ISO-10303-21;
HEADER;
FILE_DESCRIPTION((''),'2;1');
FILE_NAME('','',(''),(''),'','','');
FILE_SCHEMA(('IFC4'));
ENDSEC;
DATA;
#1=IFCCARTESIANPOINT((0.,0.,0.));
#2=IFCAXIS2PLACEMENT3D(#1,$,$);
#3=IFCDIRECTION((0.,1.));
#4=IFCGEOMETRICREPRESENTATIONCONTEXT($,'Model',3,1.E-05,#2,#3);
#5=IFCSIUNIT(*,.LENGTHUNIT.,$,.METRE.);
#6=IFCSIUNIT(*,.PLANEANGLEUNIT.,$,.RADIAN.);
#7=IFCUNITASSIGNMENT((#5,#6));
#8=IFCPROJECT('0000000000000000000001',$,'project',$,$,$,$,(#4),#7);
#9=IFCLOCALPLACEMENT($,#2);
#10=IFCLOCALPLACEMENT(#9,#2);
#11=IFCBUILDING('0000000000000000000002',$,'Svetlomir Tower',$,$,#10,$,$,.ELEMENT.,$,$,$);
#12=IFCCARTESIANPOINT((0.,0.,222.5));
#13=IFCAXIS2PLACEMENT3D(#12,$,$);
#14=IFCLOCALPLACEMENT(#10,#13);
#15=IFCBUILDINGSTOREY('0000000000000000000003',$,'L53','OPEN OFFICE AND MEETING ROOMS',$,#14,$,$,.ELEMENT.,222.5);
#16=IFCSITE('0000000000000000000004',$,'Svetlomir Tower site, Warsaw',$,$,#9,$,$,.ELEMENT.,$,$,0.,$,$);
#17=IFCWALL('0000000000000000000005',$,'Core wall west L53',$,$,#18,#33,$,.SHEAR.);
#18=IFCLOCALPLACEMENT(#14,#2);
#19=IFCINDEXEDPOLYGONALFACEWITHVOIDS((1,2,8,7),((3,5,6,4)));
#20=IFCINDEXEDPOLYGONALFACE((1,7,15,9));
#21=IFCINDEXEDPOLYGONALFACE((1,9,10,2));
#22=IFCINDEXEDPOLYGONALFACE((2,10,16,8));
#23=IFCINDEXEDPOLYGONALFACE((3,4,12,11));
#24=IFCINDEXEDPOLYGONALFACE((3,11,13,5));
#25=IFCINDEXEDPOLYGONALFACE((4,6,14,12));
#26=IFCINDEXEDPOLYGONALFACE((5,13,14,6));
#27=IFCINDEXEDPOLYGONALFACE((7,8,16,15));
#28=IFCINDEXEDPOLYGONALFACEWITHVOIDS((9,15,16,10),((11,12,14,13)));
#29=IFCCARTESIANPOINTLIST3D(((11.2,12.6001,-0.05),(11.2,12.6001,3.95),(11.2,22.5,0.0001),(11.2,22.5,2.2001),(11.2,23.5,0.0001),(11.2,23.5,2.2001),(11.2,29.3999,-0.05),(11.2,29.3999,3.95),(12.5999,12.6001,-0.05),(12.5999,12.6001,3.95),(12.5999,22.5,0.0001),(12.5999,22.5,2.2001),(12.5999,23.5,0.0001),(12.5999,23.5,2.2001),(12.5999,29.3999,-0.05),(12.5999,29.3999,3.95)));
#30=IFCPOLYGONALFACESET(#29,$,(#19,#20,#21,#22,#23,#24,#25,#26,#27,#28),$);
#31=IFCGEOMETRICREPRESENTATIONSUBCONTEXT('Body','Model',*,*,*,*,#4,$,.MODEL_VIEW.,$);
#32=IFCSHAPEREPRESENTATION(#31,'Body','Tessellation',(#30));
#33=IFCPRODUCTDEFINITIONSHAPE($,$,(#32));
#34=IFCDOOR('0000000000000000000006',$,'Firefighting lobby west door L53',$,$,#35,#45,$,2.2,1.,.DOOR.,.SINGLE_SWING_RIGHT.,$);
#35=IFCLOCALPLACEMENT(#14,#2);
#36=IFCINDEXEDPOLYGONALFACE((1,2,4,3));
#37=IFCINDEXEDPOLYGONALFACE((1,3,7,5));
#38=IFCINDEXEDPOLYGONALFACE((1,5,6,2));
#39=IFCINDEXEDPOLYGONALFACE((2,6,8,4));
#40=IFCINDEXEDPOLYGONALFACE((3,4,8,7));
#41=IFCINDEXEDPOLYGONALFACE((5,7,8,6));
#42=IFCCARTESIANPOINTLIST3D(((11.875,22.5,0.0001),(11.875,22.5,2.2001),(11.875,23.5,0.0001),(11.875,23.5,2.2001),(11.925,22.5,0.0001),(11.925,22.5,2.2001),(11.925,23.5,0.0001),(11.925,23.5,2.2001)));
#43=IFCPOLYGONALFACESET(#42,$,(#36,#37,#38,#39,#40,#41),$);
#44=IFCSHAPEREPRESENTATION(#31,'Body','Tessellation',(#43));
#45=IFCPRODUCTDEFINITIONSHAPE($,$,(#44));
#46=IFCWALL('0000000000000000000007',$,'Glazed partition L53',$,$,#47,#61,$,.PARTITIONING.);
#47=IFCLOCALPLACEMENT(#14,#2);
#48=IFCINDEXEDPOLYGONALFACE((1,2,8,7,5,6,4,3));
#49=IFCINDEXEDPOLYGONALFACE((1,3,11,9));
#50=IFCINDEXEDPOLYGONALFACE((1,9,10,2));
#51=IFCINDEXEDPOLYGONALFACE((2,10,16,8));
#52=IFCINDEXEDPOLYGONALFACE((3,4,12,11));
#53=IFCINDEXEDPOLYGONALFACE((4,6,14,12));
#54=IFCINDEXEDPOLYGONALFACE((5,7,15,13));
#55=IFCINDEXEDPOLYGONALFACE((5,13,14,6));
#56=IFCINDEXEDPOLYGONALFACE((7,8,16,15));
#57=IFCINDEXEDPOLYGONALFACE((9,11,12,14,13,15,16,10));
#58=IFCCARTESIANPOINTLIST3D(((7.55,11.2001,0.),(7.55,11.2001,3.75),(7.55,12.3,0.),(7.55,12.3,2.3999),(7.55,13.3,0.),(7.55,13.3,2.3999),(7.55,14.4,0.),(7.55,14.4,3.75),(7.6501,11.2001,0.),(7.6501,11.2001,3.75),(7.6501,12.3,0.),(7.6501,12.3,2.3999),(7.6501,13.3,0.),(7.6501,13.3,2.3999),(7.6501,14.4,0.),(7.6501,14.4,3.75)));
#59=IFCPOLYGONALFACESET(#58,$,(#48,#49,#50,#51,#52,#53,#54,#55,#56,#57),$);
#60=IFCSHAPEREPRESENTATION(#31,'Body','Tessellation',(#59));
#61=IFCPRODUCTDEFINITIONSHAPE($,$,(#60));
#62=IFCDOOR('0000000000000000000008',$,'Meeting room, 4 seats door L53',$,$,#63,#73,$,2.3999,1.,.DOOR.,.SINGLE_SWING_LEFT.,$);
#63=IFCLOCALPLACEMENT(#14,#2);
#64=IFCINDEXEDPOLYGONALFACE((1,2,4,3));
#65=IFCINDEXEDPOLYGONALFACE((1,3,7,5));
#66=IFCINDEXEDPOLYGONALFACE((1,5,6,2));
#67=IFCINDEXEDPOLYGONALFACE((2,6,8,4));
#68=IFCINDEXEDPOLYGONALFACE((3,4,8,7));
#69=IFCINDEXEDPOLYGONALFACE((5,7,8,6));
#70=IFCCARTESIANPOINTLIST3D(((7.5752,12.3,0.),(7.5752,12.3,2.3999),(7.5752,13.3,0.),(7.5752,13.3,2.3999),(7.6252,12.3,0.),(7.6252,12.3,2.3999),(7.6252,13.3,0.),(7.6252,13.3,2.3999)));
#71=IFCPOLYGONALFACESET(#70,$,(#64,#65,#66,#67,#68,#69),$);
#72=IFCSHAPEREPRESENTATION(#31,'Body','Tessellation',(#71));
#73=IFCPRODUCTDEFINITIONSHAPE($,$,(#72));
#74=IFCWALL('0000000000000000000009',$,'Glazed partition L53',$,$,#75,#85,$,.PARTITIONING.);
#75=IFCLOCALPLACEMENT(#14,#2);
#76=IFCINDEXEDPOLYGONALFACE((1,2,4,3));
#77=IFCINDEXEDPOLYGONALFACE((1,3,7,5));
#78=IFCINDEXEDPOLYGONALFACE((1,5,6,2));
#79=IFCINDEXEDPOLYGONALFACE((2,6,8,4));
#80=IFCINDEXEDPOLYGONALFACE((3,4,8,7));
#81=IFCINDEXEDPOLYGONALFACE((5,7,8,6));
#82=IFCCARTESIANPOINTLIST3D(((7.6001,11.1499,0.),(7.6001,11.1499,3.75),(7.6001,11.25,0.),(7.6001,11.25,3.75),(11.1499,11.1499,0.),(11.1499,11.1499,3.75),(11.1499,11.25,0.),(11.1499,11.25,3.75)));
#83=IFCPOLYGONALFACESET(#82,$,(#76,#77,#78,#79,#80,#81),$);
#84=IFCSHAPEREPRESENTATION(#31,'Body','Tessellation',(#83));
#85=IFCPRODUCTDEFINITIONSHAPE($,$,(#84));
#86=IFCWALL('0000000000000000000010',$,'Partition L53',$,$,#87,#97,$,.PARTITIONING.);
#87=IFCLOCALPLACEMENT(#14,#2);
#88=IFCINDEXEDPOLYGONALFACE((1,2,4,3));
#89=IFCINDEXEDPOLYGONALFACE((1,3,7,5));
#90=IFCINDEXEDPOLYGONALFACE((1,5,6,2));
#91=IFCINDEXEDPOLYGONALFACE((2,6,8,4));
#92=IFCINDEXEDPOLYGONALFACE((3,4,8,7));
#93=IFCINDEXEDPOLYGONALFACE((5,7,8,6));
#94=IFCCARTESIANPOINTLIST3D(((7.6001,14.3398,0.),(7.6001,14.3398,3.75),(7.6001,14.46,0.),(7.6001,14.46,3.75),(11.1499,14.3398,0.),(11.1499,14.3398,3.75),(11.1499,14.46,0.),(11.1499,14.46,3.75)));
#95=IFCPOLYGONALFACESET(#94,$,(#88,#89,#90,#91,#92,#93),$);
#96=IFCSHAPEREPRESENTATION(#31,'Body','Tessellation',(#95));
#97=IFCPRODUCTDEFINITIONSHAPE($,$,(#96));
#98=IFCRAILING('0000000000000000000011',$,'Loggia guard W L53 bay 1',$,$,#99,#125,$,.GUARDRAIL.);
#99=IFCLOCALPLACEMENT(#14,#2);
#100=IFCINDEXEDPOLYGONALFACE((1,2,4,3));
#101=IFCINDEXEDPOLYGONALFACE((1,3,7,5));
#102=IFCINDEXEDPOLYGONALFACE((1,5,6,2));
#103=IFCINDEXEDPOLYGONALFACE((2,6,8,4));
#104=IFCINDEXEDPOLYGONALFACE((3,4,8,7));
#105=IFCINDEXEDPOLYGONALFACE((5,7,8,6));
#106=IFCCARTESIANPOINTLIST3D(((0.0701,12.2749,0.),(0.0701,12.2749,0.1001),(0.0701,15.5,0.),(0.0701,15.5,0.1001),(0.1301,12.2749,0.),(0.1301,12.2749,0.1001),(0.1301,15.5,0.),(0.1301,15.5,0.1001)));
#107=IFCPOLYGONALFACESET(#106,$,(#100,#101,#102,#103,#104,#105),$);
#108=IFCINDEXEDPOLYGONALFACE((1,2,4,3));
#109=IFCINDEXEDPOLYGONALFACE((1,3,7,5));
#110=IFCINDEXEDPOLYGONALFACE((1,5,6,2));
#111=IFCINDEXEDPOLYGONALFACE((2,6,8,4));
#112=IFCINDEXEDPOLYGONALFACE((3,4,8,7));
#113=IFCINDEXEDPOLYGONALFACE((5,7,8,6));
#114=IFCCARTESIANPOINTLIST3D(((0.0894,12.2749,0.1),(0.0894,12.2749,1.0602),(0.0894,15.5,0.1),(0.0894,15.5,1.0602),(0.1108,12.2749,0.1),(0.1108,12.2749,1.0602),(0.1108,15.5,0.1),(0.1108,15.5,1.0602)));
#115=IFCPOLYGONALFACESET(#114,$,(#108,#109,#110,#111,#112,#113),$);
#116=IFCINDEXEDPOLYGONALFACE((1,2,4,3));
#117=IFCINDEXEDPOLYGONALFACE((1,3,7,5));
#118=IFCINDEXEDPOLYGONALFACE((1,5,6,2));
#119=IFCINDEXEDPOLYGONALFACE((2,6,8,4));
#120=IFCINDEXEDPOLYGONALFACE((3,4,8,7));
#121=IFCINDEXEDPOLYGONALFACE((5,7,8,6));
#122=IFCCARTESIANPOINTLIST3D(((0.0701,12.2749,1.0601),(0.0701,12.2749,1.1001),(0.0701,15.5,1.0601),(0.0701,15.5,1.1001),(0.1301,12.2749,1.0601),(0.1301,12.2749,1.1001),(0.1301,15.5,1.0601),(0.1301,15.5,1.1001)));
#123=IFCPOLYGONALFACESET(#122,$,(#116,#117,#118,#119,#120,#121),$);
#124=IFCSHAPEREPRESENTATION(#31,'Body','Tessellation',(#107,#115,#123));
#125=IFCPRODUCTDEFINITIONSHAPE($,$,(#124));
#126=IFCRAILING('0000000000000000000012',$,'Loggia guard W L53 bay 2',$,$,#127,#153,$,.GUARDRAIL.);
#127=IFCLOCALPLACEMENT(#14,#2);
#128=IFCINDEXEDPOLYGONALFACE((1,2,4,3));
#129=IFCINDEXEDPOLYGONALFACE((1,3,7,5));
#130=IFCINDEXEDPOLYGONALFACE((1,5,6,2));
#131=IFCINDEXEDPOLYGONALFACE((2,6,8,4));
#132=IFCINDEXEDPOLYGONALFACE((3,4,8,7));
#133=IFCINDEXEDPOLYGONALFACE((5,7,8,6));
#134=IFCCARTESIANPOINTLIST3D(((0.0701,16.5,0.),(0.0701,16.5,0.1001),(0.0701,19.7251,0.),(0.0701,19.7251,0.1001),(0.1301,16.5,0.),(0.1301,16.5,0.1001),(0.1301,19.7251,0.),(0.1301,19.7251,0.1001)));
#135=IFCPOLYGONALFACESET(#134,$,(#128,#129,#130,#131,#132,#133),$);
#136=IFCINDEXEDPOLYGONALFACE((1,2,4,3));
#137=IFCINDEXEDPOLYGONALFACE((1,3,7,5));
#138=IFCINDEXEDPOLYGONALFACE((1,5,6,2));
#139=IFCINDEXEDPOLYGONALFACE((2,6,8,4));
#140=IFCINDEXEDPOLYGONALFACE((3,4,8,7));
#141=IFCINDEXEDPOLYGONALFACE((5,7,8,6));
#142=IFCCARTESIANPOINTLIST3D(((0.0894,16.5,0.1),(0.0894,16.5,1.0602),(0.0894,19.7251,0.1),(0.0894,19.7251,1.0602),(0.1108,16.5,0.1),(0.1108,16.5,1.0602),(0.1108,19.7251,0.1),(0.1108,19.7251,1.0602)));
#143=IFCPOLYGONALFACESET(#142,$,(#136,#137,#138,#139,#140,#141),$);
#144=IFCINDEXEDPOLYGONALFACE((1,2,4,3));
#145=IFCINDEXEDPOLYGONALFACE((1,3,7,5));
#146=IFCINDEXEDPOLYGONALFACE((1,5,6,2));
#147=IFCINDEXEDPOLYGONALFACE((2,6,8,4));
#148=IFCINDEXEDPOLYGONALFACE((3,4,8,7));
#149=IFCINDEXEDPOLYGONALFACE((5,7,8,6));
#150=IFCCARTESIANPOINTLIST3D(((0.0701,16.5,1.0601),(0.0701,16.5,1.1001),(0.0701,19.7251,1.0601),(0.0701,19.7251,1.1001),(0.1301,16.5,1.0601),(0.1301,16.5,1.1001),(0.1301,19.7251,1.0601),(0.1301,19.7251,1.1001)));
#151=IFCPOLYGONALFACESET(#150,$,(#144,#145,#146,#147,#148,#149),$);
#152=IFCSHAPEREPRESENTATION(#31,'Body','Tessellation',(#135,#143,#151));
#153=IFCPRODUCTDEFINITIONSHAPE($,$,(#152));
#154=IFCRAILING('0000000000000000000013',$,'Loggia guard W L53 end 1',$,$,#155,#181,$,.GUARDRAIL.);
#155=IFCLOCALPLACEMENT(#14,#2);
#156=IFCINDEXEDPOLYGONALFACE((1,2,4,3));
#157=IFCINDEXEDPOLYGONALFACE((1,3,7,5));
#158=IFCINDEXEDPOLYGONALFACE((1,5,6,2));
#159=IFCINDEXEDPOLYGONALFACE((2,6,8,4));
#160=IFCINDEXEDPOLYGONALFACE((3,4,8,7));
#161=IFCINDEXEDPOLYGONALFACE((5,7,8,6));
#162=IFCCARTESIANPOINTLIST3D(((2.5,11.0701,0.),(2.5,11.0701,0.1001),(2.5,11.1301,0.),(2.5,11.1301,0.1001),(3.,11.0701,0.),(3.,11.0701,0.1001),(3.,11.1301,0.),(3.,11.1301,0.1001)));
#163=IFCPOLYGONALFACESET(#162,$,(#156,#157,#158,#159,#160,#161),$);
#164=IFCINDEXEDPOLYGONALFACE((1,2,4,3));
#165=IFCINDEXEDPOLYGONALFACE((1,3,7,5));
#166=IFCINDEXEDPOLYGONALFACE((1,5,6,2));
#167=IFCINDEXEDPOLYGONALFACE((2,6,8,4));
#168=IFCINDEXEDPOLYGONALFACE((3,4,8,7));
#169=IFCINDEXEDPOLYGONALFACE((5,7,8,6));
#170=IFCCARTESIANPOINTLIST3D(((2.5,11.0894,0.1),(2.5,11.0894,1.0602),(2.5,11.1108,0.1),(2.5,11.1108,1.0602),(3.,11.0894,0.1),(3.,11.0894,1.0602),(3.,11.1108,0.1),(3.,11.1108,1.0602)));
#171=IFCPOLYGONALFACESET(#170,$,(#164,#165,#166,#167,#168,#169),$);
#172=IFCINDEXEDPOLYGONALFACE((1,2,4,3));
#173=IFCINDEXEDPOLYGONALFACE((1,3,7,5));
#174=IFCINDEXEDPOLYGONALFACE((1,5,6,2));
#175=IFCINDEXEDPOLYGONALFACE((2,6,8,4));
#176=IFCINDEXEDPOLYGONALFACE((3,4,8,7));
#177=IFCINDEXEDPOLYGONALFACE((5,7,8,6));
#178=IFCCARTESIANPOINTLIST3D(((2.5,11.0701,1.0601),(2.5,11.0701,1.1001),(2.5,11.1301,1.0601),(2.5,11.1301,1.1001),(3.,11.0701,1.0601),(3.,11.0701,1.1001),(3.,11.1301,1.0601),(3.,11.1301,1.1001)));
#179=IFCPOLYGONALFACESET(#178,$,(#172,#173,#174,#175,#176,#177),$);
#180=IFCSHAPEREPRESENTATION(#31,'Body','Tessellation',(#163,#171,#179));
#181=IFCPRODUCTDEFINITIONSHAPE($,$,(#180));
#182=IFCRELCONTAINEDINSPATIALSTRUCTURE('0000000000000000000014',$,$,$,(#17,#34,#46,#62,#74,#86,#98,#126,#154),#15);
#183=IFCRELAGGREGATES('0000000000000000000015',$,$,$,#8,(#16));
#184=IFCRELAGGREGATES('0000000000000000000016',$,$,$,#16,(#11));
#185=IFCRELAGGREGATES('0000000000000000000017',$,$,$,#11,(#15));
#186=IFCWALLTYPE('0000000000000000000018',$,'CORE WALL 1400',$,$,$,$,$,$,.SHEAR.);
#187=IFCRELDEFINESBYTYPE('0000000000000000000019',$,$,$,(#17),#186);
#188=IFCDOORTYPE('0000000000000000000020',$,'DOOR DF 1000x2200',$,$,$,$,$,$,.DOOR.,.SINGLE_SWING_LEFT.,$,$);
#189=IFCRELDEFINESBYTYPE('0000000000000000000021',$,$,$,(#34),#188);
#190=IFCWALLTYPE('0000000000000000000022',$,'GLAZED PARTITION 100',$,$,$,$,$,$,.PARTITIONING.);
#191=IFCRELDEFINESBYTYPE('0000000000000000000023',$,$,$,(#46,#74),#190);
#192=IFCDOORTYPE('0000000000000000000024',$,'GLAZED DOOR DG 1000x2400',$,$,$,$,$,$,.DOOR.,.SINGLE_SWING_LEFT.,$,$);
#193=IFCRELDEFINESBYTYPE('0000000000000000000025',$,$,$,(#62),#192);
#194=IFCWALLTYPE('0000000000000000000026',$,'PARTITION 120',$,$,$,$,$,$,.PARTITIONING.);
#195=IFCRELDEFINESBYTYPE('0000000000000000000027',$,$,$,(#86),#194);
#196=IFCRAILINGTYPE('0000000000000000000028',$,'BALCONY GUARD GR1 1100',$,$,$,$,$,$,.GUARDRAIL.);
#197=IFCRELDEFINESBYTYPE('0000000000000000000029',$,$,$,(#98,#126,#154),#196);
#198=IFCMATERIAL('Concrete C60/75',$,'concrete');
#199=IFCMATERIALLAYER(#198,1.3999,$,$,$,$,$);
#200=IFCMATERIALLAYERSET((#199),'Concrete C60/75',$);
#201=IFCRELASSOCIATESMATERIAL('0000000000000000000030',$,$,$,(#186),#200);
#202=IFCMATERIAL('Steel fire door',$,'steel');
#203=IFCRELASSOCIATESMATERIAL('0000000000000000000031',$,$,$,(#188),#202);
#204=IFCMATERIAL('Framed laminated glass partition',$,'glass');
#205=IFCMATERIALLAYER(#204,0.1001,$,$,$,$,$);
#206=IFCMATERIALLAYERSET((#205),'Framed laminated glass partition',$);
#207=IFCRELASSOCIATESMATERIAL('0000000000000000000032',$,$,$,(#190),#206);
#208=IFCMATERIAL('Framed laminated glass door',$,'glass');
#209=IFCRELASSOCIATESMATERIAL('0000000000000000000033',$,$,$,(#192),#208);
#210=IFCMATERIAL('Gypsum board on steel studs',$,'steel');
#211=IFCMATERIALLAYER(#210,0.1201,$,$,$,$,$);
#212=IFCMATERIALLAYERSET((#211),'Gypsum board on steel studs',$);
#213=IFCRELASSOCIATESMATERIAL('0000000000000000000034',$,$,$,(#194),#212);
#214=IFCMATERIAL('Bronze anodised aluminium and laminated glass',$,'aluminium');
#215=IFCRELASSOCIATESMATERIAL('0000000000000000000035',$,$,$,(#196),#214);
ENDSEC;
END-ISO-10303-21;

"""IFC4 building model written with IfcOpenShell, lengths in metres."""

from ifc_helpers import new_model, si_unit, direction, frame, frame_2d, origin, origin_2d, place, context, subcontext, project, spatial, rectangle, extrude, material, layer, layer_set, type_object, element, fill, save


model = new_model("IFC4")

# Units and contexts
model_context = context("Model", 3, precision=1e-05, world=origin(), true_north=direction((0.0, 1.0)))
body_context = subcontext(model_context, "Body", "Model", "MODEL_VIEW")
ifc_project = project(units=[si_unit("LENGTHUNIT", "METRE"), si_unit("PLANEANGLEUNIT", "RADIAN")], contexts=[model_context])

# Site, building, storey
site_placement = place(None, origin())
site = spatial("IfcSite", under=ifc_project, at=site_placement, Name="Svetlomir Tower site, Warsaw", CompositionType="ELEMENT", RefElevation=0.0)
building_placement = place(site_placement, origin())
building = spatial("IfcBuilding", under=site, at=building_placement, Name="Svetlomir Tower", CompositionType="ELEMENT")
storey_placement = place(building_placement, frame((0.0, 0.0, 222.5)))
storey = spatial("IfcBuildingStorey", under=building, at=storey_placement, Name="L53", Description="OPEN OFFICE AND MEETING ROOMS", CompositionType="ELEMENT", Elevation=222.5)

# Walls, openings, doors
ifc_material_1 = material(Name="Concrete C60/75", Category="concrete")
ifc_layer_1 = layer(ifc_material_1, 1.3999)
ifc_layer_set_1 = layer_set([ifc_layer_1], Name="Concrete C60/75")
wall_type_1 = type_object("IfcWallType", Name="CORE WALL 1400", PredefinedType="SHEAR", material=ifc_layer_set_1)
wall_1_placement = place(storey_placement, frame((11.8999, 12.6001, -0.05), z_axis=(0.0, 0.0, 1.0), x_axis=(0.0, 1.0, 0.0)))
wall_1 = element("IfcWall", 1, at=wall_1_placement, inside=storey, type_object=wall_type_1, Name="Core wall west L53", PredefinedType="SHEAR", context=body_context, shape_type="SweptSolid", body=[
    extrude(rectangle(XDim=16.7998, YDim=1.3999, at=frame_2d((8.3999, 0.0))), origin(), (0.0, 0.0, 1.0), 4.0),
])
opening_1_placement = place(wall_1_placement, frame((9.8999, 0.0, 0.05)))
opening_1 = element("IfcOpeningElement", 2, at=opening_1_placement, cuts=wall_1, PredefinedType="OPENING", context=body_context, shape_type="SweptSolid", body=[
    extrude(rectangle(XDim=1.0, YDim=2.2, at=frame_2d((0.5, 1.1001))), frame((0.0, 0.71, 0.0), z_axis=(0.0, -1.0, 0.0), x_axis=(1.0, 0.0, 0.0)), (0.0, 0.0, 1.0), 1.4199),
])
ifc_material_2 = material(Name="Steel fire door", Category="steel")
door_type_1 = type_object("IfcDoorType", Name="DOOR DF 1000x2200", OperationType="SINGLE_SWING_LEFT", PredefinedType="DOOR", material=ifc_material_2)
door_1_placement = place(opening_1_placement, origin())
door_1 = element("IfcDoor", 3, at=door_1_placement, inside=storey, type_object=door_type_1, Name="Firefighting lobby west door L53", OperationType="SINGLE_SWING_RIGHT", OverallHeight=2.2, OverallWidth=1.0, PredefinedType="DOOR", context=body_context, shape_type="SweptSolid", body=[
    extrude(rectangle(XDim=1.0, YDim=2.2, at=frame_2d((0.5, 1.1001))), frame((0.0, 0.0249, 0.0), z_axis=(0.0, -1.0, 0.0), x_axis=(1.0, 0.0, 0.0)), (0.0, 0.0, 1.0), 0.05),
])
fill(opening_1, door_1)
ifc_material_3 = material(Name="Framed laminated glass partition", Category="glass")
ifc_layer_2 = layer(ifc_material_3, 0.1001)
ifc_layer_set_2 = layer_set([ifc_layer_2], Name="Framed laminated glass partition")
wall_type_2 = type_object("IfcWallType", Name="GLAZED PARTITION 100", PredefinedType="PARTITIONING", material=ifc_layer_set_2)
wall_2_placement = place(storey_placement, frame((7.6001, 11.2, 0.0), z_axis=(0.0, 0.0, 1.0), x_axis=(0.0, 1.0, 0.0)))
wall_2 = element("IfcWall", 4, at=wall_2_placement, inside=storey, type_object=wall_type_2, Name="Glazed partition L53", PredefinedType="PARTITIONING", context=body_context, shape_type="SweptSolid", body=[
    extrude(rectangle(XDim=3.2, YDim=0.1001, at=frame_2d((1.6001, 0.0))), origin(), (0.0, 0.0, 1.0), 3.75),
])
opening_2_placement = place(wall_2_placement, frame((1.1001, 0.0, 0.0)))
opening_2 = element("IfcOpeningElement", 5, at=opening_2_placement, cuts=wall_2, PredefinedType="OPENING", context=body_context, shape_type="SweptSolid", body=[
    extrude(rectangle(XDim=1.0, YDim=2.3999, at=frame_2d((0.5, 1.2))), frame((0.0, 0.0601, 0.0), z_axis=(0.0, -1.0, 0.0), x_axis=(1.0, 0.0, 0.0)), (0.0, 0.0, 1.0), 0.1201),
])
ifc_material_4 = material(Name="Framed laminated glass door", Category="glass")
door_type_2 = type_object("IfcDoorType", Name="GLAZED DOOR DG 1000x2400", OperationType="SINGLE_SWING_LEFT", PredefinedType="DOOR", material=ifc_material_4)
door_2_placement = place(opening_2_placement, origin())
door_2 = element("IfcDoor", 6, at=door_2_placement, inside=storey, type_object=door_type_2, Name="Meeting room, 4 seats door L53", OperationType="SINGLE_SWING_LEFT", OverallHeight=2.3999, OverallWidth=1.0, PredefinedType="DOOR", context=body_context, shape_type="SweptSolid", body=[
    extrude(rectangle(XDim=1.0, YDim=2.3999, at=frame_2d((0.5, 1.2))), frame((0.0, 0.0249, 0.0), z_axis=(0.0, -1.0, 0.0), x_axis=(1.0, 0.0, 0.0)), (0.0, 0.0, 1.0), 0.05),
])
fill(opening_2, door_2)

# Wall
wall_3_placement = place(storey_placement, frame((7.6001, 11.2, 0.0), z_axis=(0.0, 0.0, 1.0), x_axis=(1.0, 0.0, 0.0)))
element("IfcWall", 7, at=wall_3_placement, inside=storey, type_object=wall_type_2, Name="Glazed partition L53", PredefinedType="PARTITIONING", context=body_context, shape_type="SweptSolid", body=[
    extrude(rectangle(XDim=3.5498, YDim=0.1001, at=frame_2d((1.7749, 0.0))), origin(), (0.0, 0.0, 1.0), 3.75),
])

# Wall
ifc_material_5 = material(Name="Gypsum board on steel studs", Category="steel")
ifc_layer_3 = layer(ifc_material_5, 0.1201)
ifc_layer_set_3 = layer_set([ifc_layer_3], Name="Gypsum board on steel studs")
wall_type_3 = type_object("IfcWallType", Name="PARTITION 120", PredefinedType="PARTITIONING", material=ifc_layer_set_3)
wall_4_placement = place(storey_placement, frame((7.6001, 14.3999, 0.0), z_axis=(0.0, 0.0, 1.0), x_axis=(1.0, 0.0, 0.0)))
element("IfcWall", 8, at=wall_4_placement, inside=storey, type_object=wall_type_3, Name="Partition L53", PredefinedType="PARTITIONING", context=body_context, shape_type="SweptSolid", body=[
    extrude(rectangle(XDim=3.5498, YDim=0.1201, at=frame_2d((1.7749, 0.0))), origin(), (0.0, 0.0, 1.0), 3.75),
])

# Railings
ifc_material_6 = material(Name="Bronze anodised aluminium and laminated glass", Category="aluminium")
railing_type = type_object("IfcRailingType", Name="BALCONY GUARD GR1 1100", PredefinedType="GUARDRAIL", material=ifc_material_6)
for number, where, name in (
    (9, (0.1001, 12.2749, 0.0), "Loggia guard W L53 bay 1"),
    (10, (0.1001, 16.5, 0.0), "Loggia guard W L53 bay 2"),
):
    element("IfcRailing", number, at=place(storey_placement, frame(where)), inside=storey, type_object=railing_type, Name=name, PredefinedType="GUARDRAIL", context=body_context, shape_type="SweptSolid", body=[
        extrude(rectangle(XDim=0.0601, YDim=0.1001, at=origin_2d()), frame((0.0, 0.0, 0.05), z_axis=(0.0, 1.0, 0.0), x_axis=(-1.0, 0.0, 0.0)), (0.0, 0.0, 1.0), 3.2251),
        extrude(rectangle(XDim=0.0215, YDim=0.9602, at=origin_2d()), frame((0.0, 0.0, 0.5801), z_axis=(0.0, 1.0, 0.0), x_axis=(-1.0, 0.0, 0.0)), (0.0, 0.0, 1.0), 3.2251),
        extrude(rectangle(XDim=0.0601, YDim=0.04, at=origin_2d()), frame((0.0, 0.0, 1.0801), z_axis=(0.0, 1.0, 0.0), x_axis=(-1.0, 0.0, 0.0)), (0.0, 0.0, 1.0), 3.2251),
    ])
railing_placement = place(storey_placement, frame((2.5, 11.1001, 0.0)))
element("IfcRailing", 11, at=railing_placement, inside=storey, type_object=railing_type, Name="Loggia guard W L53 end 1", PredefinedType="GUARDRAIL", context=body_context, shape_type="SweptSolid", body=[
    extrude(rectangle(XDim=0.0601, YDim=0.1001, at=origin_2d()), frame((0.0, 0.0, 0.05), z_axis=(1.0, 0.0, 0.0), x_axis=(0.0, 1.0, 0.0)), (0.0, 0.0, 1.0), 0.5),
    extrude(rectangle(XDim=0.0215, YDim=0.9602, at=origin_2d()), frame((0.0, 0.0, 0.5801), z_axis=(1.0, 0.0, 0.0), x_axis=(0.0, 1.0, 0.0)), (0.0, 0.0, 1.0), 0.5),
    extrude(rectangle(XDim=0.0601, YDim=0.04, at=origin_2d()), frame((0.0, 0.0, 1.0801), z_axis=(1.0, 0.0, 0.0), x_axis=(0.0, 1.0, 0.0)), (0.0, 0.0, 1.0), 0.5),
])

save(model, "model.ifc")
